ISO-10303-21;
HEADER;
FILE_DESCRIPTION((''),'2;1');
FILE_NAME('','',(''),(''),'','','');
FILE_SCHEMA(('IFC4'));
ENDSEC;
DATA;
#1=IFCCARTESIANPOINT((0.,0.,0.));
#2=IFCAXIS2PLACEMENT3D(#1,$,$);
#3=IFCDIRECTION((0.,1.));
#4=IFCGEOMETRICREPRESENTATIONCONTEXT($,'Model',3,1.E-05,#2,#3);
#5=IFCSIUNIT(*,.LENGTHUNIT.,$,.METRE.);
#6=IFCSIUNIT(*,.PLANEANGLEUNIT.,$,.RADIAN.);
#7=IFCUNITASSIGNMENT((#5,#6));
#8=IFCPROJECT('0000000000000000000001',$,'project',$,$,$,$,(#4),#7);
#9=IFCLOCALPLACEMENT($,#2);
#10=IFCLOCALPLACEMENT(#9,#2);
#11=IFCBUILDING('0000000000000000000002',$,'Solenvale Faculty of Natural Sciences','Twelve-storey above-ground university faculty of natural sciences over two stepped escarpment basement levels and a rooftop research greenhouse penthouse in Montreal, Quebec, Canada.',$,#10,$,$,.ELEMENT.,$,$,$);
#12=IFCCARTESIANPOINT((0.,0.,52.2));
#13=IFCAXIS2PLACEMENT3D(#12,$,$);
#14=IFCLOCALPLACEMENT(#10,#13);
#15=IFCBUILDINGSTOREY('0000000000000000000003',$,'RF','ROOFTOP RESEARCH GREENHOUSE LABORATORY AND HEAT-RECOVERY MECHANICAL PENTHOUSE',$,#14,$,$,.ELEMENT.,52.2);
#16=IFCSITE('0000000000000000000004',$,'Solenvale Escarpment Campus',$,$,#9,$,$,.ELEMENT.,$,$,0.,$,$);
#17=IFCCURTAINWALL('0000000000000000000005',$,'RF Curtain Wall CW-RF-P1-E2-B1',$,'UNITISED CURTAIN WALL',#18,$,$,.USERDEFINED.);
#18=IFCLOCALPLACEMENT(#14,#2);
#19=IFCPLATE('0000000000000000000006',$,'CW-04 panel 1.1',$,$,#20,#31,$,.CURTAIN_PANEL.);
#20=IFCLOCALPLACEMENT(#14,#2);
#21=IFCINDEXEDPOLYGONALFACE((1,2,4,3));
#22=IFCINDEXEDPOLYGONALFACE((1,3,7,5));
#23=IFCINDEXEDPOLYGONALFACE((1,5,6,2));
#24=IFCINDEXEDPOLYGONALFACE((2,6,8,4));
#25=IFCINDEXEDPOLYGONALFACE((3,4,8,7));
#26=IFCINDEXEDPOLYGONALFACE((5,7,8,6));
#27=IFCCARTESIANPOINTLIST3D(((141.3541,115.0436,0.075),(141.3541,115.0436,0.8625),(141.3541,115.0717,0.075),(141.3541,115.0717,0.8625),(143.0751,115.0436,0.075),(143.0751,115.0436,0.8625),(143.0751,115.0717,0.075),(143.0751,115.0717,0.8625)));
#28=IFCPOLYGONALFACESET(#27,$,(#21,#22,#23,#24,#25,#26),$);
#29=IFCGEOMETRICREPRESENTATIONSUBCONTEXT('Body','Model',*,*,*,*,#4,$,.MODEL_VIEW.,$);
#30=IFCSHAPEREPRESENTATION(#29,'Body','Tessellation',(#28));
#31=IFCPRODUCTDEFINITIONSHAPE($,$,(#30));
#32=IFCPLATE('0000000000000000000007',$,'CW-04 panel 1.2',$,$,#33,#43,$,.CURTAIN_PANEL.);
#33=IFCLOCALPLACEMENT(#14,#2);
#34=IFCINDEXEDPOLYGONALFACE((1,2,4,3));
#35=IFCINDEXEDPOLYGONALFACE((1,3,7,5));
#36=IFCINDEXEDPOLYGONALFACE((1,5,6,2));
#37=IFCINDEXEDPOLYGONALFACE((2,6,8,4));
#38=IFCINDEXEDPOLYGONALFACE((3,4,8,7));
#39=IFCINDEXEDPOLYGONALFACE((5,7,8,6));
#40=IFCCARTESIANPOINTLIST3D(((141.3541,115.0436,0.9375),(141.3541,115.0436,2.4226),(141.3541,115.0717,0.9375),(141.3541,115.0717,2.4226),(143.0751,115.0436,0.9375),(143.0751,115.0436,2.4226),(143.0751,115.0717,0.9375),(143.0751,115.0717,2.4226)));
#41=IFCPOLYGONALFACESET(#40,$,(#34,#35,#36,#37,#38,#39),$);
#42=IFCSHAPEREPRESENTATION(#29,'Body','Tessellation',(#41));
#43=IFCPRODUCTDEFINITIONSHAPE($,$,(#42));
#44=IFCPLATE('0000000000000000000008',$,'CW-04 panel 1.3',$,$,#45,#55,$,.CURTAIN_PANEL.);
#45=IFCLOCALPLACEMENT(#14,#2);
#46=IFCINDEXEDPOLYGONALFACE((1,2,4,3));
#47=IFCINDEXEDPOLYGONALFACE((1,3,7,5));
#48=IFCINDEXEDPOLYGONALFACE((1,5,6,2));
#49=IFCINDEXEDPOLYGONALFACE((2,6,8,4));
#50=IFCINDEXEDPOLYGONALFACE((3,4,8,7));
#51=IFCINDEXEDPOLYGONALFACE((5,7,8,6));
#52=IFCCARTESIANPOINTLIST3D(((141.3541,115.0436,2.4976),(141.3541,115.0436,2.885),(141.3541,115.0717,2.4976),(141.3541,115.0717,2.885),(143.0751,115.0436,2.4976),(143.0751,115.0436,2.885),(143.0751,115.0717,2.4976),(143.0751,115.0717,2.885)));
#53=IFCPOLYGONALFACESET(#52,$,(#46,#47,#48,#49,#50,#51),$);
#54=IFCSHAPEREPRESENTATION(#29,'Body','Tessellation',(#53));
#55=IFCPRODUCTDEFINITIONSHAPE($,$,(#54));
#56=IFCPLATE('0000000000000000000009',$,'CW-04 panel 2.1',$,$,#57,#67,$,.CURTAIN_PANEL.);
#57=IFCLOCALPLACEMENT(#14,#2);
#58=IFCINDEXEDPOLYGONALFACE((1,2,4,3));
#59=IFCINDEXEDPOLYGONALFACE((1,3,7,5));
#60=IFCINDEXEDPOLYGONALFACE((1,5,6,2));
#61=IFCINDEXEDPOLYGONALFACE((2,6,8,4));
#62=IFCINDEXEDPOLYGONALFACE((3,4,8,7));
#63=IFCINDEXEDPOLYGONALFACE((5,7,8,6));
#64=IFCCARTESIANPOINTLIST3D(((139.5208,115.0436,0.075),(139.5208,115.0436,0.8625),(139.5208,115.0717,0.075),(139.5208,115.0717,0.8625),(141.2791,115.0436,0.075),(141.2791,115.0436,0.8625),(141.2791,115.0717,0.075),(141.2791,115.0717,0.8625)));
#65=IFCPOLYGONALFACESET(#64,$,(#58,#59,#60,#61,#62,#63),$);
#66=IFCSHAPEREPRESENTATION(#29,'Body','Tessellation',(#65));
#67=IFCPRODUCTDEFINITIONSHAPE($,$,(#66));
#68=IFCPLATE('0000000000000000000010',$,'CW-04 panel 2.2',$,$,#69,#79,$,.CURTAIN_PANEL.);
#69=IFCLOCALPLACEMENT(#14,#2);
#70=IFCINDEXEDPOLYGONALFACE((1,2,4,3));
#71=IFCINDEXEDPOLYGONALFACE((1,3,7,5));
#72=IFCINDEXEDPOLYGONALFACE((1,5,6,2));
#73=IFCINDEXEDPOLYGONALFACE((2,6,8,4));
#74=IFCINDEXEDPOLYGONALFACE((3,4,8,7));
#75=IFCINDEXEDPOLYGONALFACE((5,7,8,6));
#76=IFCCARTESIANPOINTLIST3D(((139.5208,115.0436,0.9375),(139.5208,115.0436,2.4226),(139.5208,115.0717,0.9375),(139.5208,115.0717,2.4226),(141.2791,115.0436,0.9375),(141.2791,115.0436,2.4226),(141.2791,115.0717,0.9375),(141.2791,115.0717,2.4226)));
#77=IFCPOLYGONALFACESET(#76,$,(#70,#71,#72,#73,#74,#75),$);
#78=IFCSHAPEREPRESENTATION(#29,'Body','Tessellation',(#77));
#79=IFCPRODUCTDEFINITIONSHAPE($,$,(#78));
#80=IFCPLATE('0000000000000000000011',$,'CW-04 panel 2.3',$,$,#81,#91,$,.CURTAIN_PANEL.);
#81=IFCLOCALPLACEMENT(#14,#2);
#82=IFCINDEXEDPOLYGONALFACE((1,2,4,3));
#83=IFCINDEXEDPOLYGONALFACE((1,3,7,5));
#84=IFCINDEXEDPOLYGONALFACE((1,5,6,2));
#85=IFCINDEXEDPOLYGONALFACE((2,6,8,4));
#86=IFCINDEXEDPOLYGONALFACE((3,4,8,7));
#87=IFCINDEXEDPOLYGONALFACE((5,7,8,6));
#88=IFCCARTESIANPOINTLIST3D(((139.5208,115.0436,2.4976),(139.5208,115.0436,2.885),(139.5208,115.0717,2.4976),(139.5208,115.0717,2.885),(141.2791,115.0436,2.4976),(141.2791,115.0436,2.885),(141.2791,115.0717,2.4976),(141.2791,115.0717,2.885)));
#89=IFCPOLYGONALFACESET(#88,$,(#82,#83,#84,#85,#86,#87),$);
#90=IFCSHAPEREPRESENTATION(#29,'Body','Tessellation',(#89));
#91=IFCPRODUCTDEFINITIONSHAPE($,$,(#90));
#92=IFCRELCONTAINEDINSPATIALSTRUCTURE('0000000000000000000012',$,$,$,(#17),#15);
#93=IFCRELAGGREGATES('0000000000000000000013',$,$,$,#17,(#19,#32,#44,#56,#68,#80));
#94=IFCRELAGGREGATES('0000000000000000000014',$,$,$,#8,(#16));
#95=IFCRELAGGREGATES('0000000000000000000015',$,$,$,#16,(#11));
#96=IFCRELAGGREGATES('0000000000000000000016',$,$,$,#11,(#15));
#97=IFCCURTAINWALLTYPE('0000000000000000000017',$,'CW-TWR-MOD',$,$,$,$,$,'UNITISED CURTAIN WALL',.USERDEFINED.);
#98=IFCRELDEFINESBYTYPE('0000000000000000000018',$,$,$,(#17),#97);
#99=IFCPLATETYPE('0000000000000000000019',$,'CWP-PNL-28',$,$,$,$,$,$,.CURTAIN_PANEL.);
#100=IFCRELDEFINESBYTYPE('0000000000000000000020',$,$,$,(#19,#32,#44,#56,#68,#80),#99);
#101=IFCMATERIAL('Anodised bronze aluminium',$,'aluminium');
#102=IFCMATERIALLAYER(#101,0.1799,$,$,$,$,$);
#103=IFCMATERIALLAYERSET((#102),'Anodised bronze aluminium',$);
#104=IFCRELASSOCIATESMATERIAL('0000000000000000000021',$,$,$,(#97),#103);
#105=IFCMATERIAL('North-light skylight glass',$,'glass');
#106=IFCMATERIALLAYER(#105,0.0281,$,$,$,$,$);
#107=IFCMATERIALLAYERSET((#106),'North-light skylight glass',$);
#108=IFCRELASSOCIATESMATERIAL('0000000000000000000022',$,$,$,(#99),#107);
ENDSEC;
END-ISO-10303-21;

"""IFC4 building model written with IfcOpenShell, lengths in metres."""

from ifc_helpers import new_model, si_unit, direction, frame, origin, origin_2d, place, context, subcontext, project, spatial, rectangle, extrude, material, layer, layer_set, type_object, element, aggregate, save


model = new_model("IFC4")

# Units and contexts
model_context = context("Model", 3, precision=1e-05, world=origin(), true_north=direction((0.0, 1.0)))
body_context = subcontext(model_context, "Body", "Model", "MODEL_VIEW")
ifc_project = project(units=[si_unit("LENGTHUNIT", "METRE"), si_unit("PLANEANGLEUNIT", "RADIAN")], contexts=[model_context])

# Site, building, storey
site_placement = place(None, origin())
site = spatial("IfcSite", under=ifc_project, at=site_placement, Name="Solenvale Escarpment Campus", CompositionType="ELEMENT", RefElevation=0.0)
building_placement = place(site_placement, origin())
building = spatial("IfcBuilding", under=site, at=building_placement, Name="Solenvale Faculty of Natural Sciences", Description="Twelve-storey above-ground university faculty of natural sciences over two stepped escarpment basement levels and a rooftop research greenhouse penthouse in Montreal, Quebec, Canada.", CompositionType="ELEMENT")
storey_placement = place(building_placement, frame((0.0, 0.0, 52.2)))
storey = spatial("IfcBuildingStorey", under=building, at=storey_placement, Name="RF", Description="ROOFTOP RESEARCH GREENHOUSE LABORATORY AND HEAT-RECOVERY MECHANICAL PENTHOUSE", CompositionType="ELEMENT", Elevation=52.2)

# Curtain wall, plates
ifc_material_1 = material(Name="Anodised bronze aluminium", Category="aluminium")
ifc_layer_1 = layer(ifc_material_1, 0.1799)
ifc_layer_set_1 = layer_set([ifc_layer_1], Name="Anodised bronze aluminium")
curtain_wall_type = type_object("IfcCurtainWallType", Name="CW-TWR-MOD", ElementType="UNITISED CURTAIN WALL", PredefinedType="USERDEFINED", material=ifc_layer_set_1)
curtain_wall_placement = place(storey_placement, origin())
curtain_wall = element("IfcCurtainWall", 1, at=curtain_wall_placement, inside=storey, type_object=curtain_wall_type, Name="RF Curtain Wall CW-RF-P1-E2-B1", ObjectType="UNITISED CURTAIN WALL", PredefinedType="USERDEFINED")
ifc_material_2 = material(Name="North-light skylight glass", Category="glass")
ifc_layer_2 = layer(ifc_material_2, 0.0281)
ifc_layer_set_2 = layer_set([ifc_layer_2], Name="North-light skylight glass")
plate_type = type_object("IfcPlateType", Name="CWP-PNL-28", PredefinedType="CURTAIN_PANEL", material=ifc_layer_set_2)
plate_1_placement = place(storey_placement, frame((142.2146, 115.0576, 0.075), z_axis=(0.0, 0.0, 1.0), x_axis=(-1.0, 0.0, 0.0)))
plate_1 = element("IfcPlate", 2, at=plate_1_placement, type_object=plate_type, Name="CW-04 panel 1.1", PredefinedType="CURTAIN_PANEL", context=body_context, shape_type="SweptSolid", body=[
    extrude(rectangle(XDim=1.7209, YDim=0.0281, at=origin_2d()), origin(), (0.0, 0.0, 1.0), 0.7876),
])
plate_2_placement = place(storey_placement, frame((142.2146, 115.0576, 0.9375), z_axis=(0.0, 0.0, 1.0), x_axis=(-1.0, 0.0, 0.0)))
plate_2 = element("IfcPlate", 3, at=plate_2_placement, type_object=plate_type, Name="CW-04 panel 1.2", PredefinedType="CURTAIN_PANEL", context=body_context, shape_type="SweptSolid", body=[
    extrude(rectangle(XDim=1.7209, YDim=0.0281, at=origin_2d()), origin(), (0.0, 0.0, 1.0), 1.4851),
])
plate_3_placement = place(storey_placement, frame((142.2146, 115.0576, 2.4976), z_axis=(0.0, 0.0, 1.0), x_axis=(-1.0, 0.0, 0.0)))
plate_3 = element("IfcPlate", 4, at=plate_3_placement, type_object=plate_type, Name="CW-04 panel 1.3", PredefinedType="CURTAIN_PANEL", context=body_context, shape_type="SweptSolid", body=[
    extrude(rectangle(XDim=1.7209, YDim=0.0281, at=origin_2d()), origin(), (0.0, 0.0, 1.0), 0.3875),
])
plate_4_placement = place(storey_placement, frame((140.3999, 115.0576, 0.075), z_axis=(0.0, 0.0, 1.0), x_axis=(-1.0, 0.0, 0.0)))
plate_4 = element("IfcPlate", 5, at=plate_4_placement, type_object=plate_type, Name="CW-04 panel 2.1", PredefinedType="CURTAIN_PANEL", context=body_context, shape_type="SweptSolid", body=[
    extrude(rectangle(XDim=1.7583, YDim=0.0281, at=origin_2d()), origin(), (0.0, 0.0, 1.0), 0.7876),
])
plate_5_placement = place(storey_placement, frame((140.3999, 115.0576, 0.9375), z_axis=(0.0, 0.0, 1.0), x_axis=(-1.0, 0.0, 0.0)))
plate_5 = element("IfcPlate", 6, at=plate_5_placement, type_object=plate_type, Name="CW-04 panel 2.2", PredefinedType="CURTAIN_PANEL", context=body_context, shape_type="SweptSolid", body=[
    extrude(rectangle(XDim=1.7583, YDim=0.0281, at=origin_2d()), origin(), (0.0, 0.0, 1.0), 1.4851),
])
plate_6_placement = place(storey_placement, frame((140.3999, 115.0576, 2.4976), z_axis=(0.0, 0.0, 1.0), x_axis=(-1.0, 0.0, 0.0)))
plate_6 = element("IfcPlate", 7, at=plate_6_placement, type_object=plate_type, Name="CW-04 panel 2.3", PredefinedType="CURTAIN_PANEL", context=body_context, shape_type="SweptSolid", body=[
    extrude(rectangle(XDim=1.7583, YDim=0.0281, at=origin_2d()), origin(), (0.0, 0.0, 1.0), 0.3875),
])
aggregate(curtain_wall, [plate_1, plate_2, plate_3, plate_4, plate_5, plate_6])

save(model, "model.ifc")
